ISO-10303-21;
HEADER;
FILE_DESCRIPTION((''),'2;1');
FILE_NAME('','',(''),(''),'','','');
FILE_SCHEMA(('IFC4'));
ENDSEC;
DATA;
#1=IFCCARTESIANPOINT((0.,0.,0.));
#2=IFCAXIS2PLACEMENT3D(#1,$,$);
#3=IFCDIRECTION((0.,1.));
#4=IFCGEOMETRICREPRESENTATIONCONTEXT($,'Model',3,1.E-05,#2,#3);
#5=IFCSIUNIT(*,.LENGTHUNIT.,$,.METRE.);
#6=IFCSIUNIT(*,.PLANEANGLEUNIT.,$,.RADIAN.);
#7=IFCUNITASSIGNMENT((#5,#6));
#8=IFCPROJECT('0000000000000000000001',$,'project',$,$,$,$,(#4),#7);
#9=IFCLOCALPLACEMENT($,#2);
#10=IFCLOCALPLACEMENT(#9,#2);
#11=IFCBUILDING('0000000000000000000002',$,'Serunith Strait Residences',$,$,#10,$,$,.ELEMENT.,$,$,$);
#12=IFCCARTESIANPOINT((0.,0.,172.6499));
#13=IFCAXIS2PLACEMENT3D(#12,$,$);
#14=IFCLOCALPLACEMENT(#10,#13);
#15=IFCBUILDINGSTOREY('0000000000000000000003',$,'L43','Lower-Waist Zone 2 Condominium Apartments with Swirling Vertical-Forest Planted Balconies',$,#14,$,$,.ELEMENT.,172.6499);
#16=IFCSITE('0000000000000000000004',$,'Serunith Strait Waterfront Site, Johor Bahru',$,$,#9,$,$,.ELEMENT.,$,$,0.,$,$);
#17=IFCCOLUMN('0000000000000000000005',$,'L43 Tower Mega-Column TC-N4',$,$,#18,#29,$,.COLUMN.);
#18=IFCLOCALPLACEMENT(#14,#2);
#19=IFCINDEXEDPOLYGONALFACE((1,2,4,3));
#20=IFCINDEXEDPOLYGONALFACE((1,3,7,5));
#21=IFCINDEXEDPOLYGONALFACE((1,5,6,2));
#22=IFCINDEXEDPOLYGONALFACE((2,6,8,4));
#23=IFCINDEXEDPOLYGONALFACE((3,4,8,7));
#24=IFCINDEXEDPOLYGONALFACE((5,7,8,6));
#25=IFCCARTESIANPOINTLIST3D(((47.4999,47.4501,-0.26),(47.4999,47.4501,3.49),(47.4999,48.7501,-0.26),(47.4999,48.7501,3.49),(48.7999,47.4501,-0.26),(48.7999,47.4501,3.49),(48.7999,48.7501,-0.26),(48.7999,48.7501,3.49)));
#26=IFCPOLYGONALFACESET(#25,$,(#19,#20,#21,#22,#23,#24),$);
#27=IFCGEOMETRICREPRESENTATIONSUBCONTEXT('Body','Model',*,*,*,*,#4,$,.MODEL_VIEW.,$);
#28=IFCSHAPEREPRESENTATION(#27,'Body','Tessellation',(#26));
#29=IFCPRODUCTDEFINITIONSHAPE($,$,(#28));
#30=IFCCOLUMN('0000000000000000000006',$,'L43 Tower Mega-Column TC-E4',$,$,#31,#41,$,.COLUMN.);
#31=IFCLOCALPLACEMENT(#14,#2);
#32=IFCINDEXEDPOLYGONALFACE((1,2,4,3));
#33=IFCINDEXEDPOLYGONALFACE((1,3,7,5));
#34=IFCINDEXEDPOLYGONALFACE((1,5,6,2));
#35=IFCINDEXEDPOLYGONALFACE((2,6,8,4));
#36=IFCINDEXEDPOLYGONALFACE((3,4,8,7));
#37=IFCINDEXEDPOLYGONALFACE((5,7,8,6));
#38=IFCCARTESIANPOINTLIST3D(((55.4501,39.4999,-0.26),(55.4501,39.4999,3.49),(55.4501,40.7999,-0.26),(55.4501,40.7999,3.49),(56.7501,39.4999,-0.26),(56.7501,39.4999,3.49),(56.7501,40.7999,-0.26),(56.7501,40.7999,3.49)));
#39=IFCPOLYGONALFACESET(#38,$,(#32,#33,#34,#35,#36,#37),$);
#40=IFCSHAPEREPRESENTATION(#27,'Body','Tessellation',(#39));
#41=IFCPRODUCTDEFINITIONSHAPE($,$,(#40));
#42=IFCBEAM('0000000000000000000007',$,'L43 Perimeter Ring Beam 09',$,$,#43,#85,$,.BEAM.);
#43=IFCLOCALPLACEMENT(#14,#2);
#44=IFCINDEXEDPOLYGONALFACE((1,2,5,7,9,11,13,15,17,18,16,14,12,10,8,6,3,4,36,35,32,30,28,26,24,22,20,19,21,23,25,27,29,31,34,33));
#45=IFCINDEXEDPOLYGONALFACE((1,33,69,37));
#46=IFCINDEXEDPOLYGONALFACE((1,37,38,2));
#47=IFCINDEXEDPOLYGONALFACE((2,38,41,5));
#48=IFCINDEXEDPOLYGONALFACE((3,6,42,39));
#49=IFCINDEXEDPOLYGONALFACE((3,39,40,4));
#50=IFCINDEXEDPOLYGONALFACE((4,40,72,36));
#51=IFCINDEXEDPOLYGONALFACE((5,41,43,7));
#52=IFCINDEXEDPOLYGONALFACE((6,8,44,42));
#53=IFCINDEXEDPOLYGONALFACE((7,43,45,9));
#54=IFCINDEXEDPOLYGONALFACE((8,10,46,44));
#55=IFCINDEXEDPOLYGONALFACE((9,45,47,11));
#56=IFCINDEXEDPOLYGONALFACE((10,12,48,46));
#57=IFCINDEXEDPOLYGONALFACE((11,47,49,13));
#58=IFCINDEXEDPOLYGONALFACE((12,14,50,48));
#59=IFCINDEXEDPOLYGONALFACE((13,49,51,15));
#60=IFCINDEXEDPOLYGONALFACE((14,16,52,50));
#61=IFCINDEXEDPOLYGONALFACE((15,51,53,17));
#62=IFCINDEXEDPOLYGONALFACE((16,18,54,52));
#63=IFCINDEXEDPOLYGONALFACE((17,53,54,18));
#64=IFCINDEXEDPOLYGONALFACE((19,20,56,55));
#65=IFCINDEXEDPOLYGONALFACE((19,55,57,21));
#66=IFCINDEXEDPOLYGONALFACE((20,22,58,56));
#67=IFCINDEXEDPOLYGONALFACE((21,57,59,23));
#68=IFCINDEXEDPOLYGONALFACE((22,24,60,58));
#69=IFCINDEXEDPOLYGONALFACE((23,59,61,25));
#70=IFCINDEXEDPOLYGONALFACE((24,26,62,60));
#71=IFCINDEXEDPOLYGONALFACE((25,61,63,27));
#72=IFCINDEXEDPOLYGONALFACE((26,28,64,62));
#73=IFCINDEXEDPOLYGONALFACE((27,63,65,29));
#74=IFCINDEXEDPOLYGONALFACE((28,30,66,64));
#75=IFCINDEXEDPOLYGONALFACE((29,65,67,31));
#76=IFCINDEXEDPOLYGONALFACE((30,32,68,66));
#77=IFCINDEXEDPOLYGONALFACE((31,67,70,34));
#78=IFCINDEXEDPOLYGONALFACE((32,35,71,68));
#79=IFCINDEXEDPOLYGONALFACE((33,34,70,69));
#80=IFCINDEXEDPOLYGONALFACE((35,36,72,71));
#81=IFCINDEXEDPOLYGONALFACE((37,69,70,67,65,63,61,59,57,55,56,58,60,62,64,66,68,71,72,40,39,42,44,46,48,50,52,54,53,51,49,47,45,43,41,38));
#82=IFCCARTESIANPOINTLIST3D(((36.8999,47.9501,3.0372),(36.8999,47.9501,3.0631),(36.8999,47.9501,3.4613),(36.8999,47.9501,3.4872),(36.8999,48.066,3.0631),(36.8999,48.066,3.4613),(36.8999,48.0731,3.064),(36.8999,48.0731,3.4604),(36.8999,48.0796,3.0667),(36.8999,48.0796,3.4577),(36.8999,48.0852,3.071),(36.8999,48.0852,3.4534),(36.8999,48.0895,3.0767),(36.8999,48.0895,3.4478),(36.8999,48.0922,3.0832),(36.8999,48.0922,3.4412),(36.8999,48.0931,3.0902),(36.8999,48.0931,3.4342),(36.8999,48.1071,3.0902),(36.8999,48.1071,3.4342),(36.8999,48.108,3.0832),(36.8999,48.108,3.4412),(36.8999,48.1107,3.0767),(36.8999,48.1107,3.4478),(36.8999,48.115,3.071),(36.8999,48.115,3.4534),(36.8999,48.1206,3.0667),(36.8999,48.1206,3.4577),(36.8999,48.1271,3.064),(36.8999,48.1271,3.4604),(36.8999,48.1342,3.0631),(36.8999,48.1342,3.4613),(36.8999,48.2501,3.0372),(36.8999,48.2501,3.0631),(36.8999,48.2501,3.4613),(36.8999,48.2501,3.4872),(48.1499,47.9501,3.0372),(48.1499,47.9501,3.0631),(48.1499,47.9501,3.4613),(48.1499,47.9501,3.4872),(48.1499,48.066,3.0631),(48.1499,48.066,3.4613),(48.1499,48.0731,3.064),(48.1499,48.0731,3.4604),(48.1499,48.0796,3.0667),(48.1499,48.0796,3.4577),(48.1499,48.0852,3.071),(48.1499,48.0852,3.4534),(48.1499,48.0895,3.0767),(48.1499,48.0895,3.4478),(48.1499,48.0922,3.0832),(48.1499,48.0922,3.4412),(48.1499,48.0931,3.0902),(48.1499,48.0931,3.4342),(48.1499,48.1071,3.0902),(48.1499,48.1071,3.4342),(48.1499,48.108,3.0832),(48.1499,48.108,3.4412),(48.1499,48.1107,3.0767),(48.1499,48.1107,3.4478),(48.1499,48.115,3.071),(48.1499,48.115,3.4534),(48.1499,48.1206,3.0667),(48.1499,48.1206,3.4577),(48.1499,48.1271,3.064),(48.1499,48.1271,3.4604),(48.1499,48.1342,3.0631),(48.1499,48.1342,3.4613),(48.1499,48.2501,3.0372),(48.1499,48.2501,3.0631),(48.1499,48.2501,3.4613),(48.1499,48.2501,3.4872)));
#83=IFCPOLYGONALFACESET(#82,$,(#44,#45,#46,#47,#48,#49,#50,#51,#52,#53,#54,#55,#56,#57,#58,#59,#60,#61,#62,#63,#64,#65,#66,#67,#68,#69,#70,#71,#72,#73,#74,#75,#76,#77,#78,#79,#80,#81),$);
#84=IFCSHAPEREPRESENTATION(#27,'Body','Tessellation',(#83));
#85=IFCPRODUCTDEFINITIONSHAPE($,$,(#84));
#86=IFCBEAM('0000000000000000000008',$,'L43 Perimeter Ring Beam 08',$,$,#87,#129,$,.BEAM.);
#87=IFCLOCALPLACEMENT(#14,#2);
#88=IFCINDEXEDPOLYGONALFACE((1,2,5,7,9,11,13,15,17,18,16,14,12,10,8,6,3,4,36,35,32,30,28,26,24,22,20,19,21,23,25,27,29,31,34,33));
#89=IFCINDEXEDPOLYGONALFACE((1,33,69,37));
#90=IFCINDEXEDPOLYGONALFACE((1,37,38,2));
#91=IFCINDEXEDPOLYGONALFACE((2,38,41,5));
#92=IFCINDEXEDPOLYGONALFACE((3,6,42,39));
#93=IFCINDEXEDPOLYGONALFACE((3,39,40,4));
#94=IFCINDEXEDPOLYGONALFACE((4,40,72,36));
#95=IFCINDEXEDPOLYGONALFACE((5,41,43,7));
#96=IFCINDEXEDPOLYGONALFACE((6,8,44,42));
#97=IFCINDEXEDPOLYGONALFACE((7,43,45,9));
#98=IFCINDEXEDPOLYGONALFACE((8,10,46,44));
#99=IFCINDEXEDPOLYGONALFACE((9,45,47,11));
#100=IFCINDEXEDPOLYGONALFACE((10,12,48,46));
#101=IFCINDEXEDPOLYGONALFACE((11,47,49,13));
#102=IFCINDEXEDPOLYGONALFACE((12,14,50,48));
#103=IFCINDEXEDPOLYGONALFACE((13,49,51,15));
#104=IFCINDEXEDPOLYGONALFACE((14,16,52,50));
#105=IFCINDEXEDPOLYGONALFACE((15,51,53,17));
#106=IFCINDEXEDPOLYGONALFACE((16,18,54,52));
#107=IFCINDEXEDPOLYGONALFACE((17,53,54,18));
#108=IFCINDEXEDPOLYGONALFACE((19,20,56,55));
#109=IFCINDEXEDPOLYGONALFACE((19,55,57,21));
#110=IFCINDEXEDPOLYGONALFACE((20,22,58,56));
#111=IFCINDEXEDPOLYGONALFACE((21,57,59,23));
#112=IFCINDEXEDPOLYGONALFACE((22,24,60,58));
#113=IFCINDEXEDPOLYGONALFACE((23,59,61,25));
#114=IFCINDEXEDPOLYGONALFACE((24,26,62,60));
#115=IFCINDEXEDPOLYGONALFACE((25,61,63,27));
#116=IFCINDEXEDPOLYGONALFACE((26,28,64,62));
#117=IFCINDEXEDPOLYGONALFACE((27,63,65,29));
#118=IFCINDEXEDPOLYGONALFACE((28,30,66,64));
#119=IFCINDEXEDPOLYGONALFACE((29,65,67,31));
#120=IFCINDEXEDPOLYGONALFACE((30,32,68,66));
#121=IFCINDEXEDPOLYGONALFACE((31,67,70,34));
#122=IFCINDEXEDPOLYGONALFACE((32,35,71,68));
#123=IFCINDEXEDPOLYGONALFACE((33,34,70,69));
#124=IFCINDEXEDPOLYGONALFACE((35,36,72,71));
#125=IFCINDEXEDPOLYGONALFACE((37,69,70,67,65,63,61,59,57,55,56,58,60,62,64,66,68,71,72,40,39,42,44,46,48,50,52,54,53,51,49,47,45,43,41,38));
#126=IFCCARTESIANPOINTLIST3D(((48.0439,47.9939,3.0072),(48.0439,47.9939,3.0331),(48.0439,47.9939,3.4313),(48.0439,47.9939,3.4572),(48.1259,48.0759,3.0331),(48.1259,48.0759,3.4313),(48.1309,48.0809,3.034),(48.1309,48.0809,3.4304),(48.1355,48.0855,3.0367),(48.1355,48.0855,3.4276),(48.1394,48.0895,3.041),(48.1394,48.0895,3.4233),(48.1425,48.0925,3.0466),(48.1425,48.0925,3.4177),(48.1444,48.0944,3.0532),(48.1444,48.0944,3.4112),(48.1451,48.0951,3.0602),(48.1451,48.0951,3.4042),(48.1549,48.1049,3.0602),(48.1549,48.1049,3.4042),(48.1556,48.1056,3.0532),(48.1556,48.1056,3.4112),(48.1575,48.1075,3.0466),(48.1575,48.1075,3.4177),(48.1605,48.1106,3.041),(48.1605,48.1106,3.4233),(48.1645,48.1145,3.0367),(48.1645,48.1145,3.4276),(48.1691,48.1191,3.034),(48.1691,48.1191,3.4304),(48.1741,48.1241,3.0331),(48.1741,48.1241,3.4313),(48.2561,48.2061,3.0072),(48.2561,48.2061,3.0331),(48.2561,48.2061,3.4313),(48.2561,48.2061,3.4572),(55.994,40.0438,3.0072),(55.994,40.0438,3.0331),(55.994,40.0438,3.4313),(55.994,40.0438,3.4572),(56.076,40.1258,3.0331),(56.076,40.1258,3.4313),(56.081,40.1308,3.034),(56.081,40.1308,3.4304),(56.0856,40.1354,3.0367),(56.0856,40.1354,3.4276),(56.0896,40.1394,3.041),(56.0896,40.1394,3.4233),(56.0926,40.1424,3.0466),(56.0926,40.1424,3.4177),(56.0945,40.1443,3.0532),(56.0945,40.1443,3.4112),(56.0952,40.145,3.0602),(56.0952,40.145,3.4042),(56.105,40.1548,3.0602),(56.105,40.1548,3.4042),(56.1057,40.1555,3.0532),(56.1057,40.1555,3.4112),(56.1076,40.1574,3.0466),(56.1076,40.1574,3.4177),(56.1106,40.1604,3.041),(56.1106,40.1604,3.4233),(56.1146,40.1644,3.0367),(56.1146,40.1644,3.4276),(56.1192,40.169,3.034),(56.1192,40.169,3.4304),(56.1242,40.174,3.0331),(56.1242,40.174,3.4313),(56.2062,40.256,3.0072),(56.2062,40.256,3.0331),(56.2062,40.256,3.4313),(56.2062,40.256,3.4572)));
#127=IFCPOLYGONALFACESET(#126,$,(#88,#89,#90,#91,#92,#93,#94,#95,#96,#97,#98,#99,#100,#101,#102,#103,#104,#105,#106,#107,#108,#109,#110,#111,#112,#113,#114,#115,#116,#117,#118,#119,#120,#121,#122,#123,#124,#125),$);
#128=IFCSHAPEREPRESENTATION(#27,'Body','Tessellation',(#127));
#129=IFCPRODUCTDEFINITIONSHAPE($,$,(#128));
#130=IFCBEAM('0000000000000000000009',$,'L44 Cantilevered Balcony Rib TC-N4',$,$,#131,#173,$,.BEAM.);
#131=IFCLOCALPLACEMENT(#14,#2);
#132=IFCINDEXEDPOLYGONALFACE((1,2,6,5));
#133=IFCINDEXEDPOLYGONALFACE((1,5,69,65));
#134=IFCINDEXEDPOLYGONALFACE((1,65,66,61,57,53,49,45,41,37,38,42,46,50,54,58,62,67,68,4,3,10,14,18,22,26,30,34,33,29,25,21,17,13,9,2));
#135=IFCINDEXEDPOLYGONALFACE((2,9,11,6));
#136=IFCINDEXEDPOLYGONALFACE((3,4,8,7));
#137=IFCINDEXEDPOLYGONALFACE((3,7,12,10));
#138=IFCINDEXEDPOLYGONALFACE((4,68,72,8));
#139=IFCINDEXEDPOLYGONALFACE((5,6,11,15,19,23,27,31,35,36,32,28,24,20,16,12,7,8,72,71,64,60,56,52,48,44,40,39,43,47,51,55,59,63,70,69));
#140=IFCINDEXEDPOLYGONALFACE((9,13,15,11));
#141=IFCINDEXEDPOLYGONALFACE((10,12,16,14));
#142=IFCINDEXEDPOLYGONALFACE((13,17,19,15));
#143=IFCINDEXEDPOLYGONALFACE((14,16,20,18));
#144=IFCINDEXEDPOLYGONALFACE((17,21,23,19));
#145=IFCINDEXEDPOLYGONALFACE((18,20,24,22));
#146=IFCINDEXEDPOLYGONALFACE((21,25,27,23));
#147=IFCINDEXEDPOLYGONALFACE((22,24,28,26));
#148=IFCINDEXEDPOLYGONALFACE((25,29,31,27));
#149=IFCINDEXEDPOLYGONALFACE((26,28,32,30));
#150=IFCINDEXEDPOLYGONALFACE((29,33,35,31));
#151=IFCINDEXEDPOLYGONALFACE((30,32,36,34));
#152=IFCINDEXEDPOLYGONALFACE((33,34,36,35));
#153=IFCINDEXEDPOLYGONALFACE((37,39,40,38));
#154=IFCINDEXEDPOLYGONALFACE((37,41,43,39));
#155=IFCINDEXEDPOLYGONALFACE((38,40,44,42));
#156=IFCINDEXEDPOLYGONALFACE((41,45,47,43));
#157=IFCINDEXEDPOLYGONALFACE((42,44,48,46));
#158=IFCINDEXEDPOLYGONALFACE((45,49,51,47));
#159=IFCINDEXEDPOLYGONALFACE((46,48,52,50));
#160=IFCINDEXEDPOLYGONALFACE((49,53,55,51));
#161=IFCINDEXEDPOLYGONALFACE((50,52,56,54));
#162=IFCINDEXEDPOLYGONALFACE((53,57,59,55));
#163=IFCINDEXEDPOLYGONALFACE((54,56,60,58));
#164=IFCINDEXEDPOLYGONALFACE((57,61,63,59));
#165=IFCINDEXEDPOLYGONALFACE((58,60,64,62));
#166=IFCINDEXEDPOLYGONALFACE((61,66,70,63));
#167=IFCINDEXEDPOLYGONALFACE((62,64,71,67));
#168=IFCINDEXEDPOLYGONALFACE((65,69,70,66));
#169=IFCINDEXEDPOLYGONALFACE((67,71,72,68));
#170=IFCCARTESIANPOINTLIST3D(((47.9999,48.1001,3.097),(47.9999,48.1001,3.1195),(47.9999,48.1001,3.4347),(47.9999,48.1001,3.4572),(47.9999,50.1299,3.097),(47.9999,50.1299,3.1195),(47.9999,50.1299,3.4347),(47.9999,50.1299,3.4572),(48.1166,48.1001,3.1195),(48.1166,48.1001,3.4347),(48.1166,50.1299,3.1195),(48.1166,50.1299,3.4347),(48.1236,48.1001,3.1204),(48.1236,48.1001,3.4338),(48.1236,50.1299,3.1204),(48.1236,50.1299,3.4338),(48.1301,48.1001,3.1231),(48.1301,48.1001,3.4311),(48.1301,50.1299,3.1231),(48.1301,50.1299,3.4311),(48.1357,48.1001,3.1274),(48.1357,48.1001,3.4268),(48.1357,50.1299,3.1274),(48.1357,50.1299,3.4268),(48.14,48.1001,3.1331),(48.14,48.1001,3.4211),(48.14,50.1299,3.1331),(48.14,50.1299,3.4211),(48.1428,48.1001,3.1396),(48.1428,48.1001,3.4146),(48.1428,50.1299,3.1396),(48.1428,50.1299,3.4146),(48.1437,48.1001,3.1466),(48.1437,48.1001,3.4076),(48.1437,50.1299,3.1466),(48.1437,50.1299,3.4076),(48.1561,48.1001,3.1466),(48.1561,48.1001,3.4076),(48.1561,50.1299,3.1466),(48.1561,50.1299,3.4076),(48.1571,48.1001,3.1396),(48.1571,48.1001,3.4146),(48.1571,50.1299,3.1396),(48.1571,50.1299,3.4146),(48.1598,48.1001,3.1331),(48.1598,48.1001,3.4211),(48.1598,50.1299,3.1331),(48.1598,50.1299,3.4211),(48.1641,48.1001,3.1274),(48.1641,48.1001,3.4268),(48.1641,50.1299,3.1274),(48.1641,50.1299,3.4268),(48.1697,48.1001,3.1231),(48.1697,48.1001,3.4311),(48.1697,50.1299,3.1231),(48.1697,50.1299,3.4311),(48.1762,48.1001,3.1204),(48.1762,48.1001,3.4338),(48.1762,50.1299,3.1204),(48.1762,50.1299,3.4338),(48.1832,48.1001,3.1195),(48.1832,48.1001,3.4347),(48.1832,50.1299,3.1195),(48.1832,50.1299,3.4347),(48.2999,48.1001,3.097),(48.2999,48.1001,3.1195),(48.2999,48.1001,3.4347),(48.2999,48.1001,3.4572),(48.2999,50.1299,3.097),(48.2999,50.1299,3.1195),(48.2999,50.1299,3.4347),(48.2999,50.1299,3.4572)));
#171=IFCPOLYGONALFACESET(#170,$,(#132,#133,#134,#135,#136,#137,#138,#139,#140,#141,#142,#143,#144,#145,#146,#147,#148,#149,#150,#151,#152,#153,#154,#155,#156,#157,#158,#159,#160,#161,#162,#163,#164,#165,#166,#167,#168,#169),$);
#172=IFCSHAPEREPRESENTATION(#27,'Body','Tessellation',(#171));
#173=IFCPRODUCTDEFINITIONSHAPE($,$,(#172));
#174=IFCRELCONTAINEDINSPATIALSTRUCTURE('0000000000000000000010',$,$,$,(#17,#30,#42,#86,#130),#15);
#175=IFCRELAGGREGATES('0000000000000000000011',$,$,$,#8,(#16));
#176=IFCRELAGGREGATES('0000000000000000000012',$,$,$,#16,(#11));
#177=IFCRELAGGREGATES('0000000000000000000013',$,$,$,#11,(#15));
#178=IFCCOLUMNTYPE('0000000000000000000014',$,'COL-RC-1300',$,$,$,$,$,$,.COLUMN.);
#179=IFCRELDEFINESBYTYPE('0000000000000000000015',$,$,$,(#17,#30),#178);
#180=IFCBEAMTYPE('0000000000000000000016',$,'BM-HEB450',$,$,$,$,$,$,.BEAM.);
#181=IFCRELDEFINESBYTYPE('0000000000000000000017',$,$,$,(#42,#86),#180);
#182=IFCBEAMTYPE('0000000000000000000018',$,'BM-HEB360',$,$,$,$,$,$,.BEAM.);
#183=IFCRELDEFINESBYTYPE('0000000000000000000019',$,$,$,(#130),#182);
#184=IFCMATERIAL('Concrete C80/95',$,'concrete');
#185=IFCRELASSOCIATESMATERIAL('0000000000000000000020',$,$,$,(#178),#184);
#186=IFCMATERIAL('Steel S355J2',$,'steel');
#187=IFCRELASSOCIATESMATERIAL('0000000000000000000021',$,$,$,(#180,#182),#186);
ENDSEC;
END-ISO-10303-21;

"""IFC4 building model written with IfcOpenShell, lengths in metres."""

from ifc_helpers import new_model, si_unit, direction, frame, origin, origin_2d, place, context, subcontext, project, spatial, rectangle, i_section, extrude, source, transform, mapped, material, material_profile, profile_set, type_object, element, save


model = new_model("IFC4")

# Units and contexts
model_context = context("Model", 3, precision=1e-05, world=origin(), true_north=direction((0.0, 1.0)))
body_context = subcontext(model_context, "Body", "Model", "MODEL_VIEW")
ifc_project = project(units=[si_unit("LENGTHUNIT", "METRE"), si_unit("PLANEANGLEUNIT", "RADIAN")], contexts=[model_context])

# Site, building, storey
site_placement = place(None, origin())
site = spatial("IfcSite", under=ifc_project, at=site_placement, Name="Serunith Strait Waterfront Site, Johor Bahru", CompositionType="ELEMENT", RefElevation=0.0)
building_placement = place(site_placement, origin())
building = spatial("IfcBuilding", under=site, at=building_placement, Name="Serunith Strait Residences", CompositionType="ELEMENT")
storey_placement = place(building_placement, frame((0.0, 0.0, 172.6499)))
storey = spatial("IfcBuildingStorey", under=building, at=storey_placement, Name="L43", Description="Lower-Waist Zone 2 Condominium Apartments with Swirling Vertical-Forest Planted Balconies", CompositionType="ELEMENT", Elevation=172.6499)

# Columns
ifc_material_1 = material(Name="Concrete C80/95", Category="concrete")
ifc_material_profile_1 = material_profile(ifc_material_1, rectangle(XDim=1.3, YDim=1.3, at=origin_2d()), Name="RC 1300x1300")
ifc_profile_set_1 = profile_set([ifc_material_profile_1], Name="Concrete C80/95")
column_type = type_object("IfcColumnType", Name="COL-RC-1300", PredefinedType="COLUMN", material=ifc_profile_set_1)
shared_shape_1 = source(origin(), body_context, "Body", "SweptSolid", [
    extrude(rectangle(XDim=1.3, YDim=1.3, at=origin_2d()), origin(), (0.0, 0.0, 1.0), 3.75),
])
for number, where, z_axis, x_axis, name in (
    (1, (48.1499, 48.1001, -0.26), (0.0, 0.0, 1.0), (1.0, 0.0, 0.0), "L43 Tower Mega-Column TC-N4"),
    (2, (56.1001, 40.1499, -0.26), (0.0, 0.0, 1.0), (1.0, 0.0, 0.0), "L43 Tower Mega-Column TC-E4"),
):
    element("IfcColumn", number, at=place(storey_placement, frame(where, z_axis=z_axis, x_axis=x_axis)), inside=storey, type_object=column_type, Name=name, PredefinedType="COLUMN", context=body_context, shape_type="MappedRepresentation", body=[
        mapped(shared_shape_1, transform((0.0, 0.0, 0.0), scale=1.0)),
    ])

# Beams
ifc_material_2 = material(Name="Steel S355J2", Category="steel")
ifc_material_profile_2 = material_profile(ifc_material_2, i_section(OverallWidth=0.3, OverallDepth=0.45, WebThickness=0.0139, FlangeThickness=0.0259, FilletRadius=0.0271, at=origin_2d()), Name="HEB 450")
ifc_profile_set_2 = profile_set([ifc_material_profile_2], Name="Steel S355J2")
beam_type_1 = type_object("IfcBeamType", Name="BM-HEB450", PredefinedType="BEAM", material=ifc_profile_set_2)
shared_shape_2 = source(origin(), body_context, "Body", "SweptSolid", [
    extrude(i_section(OverallWidth=0.3, OverallDepth=0.45, WebThickness=0.0139, FlangeThickness=0.0259, FilletRadius=0.0271, at=origin_2d()), origin(), (0.0, 0.0, 1.0), 11.25),
])
beam_1_placement = place(storey_placement, frame((48.1499, 48.1001, 3.2622), z_axis=(-1.0, 0.0, 0.0), x_axis=(0.0, -1.0, 0.0)))
element("IfcBeam", 3, at=beam_1_placement, inside=storey, type_object=beam_type_1, Name="L43 Perimeter Ring Beam 09", PredefinedType="BEAM", context=body_context, shape_type="MappedRepresentation", body=[
    mapped(shared_shape_2, transform((0.0, 0.0, 0.0), scale=1.0)),
])
shared_shape_3 = source(origin(), body_context, "Body", "SweptSolid", [
    extrude(i_section(OverallWidth=0.3, OverallDepth=0.45, WebThickness=0.0139, FlangeThickness=0.0259, FilletRadius=0.0271, at=origin_2d()), origin(), (0.0, 0.0, 1.0), 11.2432),
])
beam_2_placement = place(storey_placement, frame((56.1001, 40.1499, 3.2322), z_axis=(-0.707107, 0.707107, 0.0), x_axis=(-0.707107, -0.707107, 0.0)))
element("IfcBeam", 4, at=beam_2_placement, inside=storey, type_object=beam_type_1, Name="L43 Perimeter Ring Beam 08", PredefinedType="BEAM", context=body_context, shape_type="MappedRepresentation", body=[
    mapped(shared_shape_3, transform((0.0, 0.0, 0.0), scale=1.0)),
])
ifc_material_profile_3 = material_profile(ifc_material_2, i_section(OverallWidth=0.3, OverallDepth=0.3601, WebThickness=0.0125, FlangeThickness=0.0225, FilletRadius=0.0271, at=origin_2d()), Name="HEB 360")
ifc_profile_set_3 = profile_set([ifc_material_profile_3], Name="Steel S355J2")
beam_type_2 = type_object("IfcBeamType", Name="BM-HEB360", PredefinedType="BEAM", material=ifc_profile_set_3)
shared_shape_4 = source(origin(), body_context, "Body", "SweptSolid", [
    extrude(i_section(OverallWidth=0.3, OverallDepth=0.3601, WebThickness=0.0125, FlangeThickness=0.0225, FilletRadius=0.0271, at=origin_2d()), origin(), (0.0, 0.0, 1.0), 2.0298),
])
beam_3_placement = place(storey_placement, frame((48.1499, 48.1001, 3.2771), z_axis=(0.0, 1.0, 0.0), x_axis=(-1.0, 0.0, 0.0)))
element("IfcBeam", 5, at=beam_3_placement, inside=storey, type_object=beam_type_2, Name="L44 Cantilevered Balcony Rib TC-N4", PredefinedType="BEAM", context=body_context, shape_type="MappedRepresentation", body=[
    mapped(shared_shape_4, transform((0.0, 0.0, 0.0), scale=1.0)),
])

save(model, "model.ifc")
